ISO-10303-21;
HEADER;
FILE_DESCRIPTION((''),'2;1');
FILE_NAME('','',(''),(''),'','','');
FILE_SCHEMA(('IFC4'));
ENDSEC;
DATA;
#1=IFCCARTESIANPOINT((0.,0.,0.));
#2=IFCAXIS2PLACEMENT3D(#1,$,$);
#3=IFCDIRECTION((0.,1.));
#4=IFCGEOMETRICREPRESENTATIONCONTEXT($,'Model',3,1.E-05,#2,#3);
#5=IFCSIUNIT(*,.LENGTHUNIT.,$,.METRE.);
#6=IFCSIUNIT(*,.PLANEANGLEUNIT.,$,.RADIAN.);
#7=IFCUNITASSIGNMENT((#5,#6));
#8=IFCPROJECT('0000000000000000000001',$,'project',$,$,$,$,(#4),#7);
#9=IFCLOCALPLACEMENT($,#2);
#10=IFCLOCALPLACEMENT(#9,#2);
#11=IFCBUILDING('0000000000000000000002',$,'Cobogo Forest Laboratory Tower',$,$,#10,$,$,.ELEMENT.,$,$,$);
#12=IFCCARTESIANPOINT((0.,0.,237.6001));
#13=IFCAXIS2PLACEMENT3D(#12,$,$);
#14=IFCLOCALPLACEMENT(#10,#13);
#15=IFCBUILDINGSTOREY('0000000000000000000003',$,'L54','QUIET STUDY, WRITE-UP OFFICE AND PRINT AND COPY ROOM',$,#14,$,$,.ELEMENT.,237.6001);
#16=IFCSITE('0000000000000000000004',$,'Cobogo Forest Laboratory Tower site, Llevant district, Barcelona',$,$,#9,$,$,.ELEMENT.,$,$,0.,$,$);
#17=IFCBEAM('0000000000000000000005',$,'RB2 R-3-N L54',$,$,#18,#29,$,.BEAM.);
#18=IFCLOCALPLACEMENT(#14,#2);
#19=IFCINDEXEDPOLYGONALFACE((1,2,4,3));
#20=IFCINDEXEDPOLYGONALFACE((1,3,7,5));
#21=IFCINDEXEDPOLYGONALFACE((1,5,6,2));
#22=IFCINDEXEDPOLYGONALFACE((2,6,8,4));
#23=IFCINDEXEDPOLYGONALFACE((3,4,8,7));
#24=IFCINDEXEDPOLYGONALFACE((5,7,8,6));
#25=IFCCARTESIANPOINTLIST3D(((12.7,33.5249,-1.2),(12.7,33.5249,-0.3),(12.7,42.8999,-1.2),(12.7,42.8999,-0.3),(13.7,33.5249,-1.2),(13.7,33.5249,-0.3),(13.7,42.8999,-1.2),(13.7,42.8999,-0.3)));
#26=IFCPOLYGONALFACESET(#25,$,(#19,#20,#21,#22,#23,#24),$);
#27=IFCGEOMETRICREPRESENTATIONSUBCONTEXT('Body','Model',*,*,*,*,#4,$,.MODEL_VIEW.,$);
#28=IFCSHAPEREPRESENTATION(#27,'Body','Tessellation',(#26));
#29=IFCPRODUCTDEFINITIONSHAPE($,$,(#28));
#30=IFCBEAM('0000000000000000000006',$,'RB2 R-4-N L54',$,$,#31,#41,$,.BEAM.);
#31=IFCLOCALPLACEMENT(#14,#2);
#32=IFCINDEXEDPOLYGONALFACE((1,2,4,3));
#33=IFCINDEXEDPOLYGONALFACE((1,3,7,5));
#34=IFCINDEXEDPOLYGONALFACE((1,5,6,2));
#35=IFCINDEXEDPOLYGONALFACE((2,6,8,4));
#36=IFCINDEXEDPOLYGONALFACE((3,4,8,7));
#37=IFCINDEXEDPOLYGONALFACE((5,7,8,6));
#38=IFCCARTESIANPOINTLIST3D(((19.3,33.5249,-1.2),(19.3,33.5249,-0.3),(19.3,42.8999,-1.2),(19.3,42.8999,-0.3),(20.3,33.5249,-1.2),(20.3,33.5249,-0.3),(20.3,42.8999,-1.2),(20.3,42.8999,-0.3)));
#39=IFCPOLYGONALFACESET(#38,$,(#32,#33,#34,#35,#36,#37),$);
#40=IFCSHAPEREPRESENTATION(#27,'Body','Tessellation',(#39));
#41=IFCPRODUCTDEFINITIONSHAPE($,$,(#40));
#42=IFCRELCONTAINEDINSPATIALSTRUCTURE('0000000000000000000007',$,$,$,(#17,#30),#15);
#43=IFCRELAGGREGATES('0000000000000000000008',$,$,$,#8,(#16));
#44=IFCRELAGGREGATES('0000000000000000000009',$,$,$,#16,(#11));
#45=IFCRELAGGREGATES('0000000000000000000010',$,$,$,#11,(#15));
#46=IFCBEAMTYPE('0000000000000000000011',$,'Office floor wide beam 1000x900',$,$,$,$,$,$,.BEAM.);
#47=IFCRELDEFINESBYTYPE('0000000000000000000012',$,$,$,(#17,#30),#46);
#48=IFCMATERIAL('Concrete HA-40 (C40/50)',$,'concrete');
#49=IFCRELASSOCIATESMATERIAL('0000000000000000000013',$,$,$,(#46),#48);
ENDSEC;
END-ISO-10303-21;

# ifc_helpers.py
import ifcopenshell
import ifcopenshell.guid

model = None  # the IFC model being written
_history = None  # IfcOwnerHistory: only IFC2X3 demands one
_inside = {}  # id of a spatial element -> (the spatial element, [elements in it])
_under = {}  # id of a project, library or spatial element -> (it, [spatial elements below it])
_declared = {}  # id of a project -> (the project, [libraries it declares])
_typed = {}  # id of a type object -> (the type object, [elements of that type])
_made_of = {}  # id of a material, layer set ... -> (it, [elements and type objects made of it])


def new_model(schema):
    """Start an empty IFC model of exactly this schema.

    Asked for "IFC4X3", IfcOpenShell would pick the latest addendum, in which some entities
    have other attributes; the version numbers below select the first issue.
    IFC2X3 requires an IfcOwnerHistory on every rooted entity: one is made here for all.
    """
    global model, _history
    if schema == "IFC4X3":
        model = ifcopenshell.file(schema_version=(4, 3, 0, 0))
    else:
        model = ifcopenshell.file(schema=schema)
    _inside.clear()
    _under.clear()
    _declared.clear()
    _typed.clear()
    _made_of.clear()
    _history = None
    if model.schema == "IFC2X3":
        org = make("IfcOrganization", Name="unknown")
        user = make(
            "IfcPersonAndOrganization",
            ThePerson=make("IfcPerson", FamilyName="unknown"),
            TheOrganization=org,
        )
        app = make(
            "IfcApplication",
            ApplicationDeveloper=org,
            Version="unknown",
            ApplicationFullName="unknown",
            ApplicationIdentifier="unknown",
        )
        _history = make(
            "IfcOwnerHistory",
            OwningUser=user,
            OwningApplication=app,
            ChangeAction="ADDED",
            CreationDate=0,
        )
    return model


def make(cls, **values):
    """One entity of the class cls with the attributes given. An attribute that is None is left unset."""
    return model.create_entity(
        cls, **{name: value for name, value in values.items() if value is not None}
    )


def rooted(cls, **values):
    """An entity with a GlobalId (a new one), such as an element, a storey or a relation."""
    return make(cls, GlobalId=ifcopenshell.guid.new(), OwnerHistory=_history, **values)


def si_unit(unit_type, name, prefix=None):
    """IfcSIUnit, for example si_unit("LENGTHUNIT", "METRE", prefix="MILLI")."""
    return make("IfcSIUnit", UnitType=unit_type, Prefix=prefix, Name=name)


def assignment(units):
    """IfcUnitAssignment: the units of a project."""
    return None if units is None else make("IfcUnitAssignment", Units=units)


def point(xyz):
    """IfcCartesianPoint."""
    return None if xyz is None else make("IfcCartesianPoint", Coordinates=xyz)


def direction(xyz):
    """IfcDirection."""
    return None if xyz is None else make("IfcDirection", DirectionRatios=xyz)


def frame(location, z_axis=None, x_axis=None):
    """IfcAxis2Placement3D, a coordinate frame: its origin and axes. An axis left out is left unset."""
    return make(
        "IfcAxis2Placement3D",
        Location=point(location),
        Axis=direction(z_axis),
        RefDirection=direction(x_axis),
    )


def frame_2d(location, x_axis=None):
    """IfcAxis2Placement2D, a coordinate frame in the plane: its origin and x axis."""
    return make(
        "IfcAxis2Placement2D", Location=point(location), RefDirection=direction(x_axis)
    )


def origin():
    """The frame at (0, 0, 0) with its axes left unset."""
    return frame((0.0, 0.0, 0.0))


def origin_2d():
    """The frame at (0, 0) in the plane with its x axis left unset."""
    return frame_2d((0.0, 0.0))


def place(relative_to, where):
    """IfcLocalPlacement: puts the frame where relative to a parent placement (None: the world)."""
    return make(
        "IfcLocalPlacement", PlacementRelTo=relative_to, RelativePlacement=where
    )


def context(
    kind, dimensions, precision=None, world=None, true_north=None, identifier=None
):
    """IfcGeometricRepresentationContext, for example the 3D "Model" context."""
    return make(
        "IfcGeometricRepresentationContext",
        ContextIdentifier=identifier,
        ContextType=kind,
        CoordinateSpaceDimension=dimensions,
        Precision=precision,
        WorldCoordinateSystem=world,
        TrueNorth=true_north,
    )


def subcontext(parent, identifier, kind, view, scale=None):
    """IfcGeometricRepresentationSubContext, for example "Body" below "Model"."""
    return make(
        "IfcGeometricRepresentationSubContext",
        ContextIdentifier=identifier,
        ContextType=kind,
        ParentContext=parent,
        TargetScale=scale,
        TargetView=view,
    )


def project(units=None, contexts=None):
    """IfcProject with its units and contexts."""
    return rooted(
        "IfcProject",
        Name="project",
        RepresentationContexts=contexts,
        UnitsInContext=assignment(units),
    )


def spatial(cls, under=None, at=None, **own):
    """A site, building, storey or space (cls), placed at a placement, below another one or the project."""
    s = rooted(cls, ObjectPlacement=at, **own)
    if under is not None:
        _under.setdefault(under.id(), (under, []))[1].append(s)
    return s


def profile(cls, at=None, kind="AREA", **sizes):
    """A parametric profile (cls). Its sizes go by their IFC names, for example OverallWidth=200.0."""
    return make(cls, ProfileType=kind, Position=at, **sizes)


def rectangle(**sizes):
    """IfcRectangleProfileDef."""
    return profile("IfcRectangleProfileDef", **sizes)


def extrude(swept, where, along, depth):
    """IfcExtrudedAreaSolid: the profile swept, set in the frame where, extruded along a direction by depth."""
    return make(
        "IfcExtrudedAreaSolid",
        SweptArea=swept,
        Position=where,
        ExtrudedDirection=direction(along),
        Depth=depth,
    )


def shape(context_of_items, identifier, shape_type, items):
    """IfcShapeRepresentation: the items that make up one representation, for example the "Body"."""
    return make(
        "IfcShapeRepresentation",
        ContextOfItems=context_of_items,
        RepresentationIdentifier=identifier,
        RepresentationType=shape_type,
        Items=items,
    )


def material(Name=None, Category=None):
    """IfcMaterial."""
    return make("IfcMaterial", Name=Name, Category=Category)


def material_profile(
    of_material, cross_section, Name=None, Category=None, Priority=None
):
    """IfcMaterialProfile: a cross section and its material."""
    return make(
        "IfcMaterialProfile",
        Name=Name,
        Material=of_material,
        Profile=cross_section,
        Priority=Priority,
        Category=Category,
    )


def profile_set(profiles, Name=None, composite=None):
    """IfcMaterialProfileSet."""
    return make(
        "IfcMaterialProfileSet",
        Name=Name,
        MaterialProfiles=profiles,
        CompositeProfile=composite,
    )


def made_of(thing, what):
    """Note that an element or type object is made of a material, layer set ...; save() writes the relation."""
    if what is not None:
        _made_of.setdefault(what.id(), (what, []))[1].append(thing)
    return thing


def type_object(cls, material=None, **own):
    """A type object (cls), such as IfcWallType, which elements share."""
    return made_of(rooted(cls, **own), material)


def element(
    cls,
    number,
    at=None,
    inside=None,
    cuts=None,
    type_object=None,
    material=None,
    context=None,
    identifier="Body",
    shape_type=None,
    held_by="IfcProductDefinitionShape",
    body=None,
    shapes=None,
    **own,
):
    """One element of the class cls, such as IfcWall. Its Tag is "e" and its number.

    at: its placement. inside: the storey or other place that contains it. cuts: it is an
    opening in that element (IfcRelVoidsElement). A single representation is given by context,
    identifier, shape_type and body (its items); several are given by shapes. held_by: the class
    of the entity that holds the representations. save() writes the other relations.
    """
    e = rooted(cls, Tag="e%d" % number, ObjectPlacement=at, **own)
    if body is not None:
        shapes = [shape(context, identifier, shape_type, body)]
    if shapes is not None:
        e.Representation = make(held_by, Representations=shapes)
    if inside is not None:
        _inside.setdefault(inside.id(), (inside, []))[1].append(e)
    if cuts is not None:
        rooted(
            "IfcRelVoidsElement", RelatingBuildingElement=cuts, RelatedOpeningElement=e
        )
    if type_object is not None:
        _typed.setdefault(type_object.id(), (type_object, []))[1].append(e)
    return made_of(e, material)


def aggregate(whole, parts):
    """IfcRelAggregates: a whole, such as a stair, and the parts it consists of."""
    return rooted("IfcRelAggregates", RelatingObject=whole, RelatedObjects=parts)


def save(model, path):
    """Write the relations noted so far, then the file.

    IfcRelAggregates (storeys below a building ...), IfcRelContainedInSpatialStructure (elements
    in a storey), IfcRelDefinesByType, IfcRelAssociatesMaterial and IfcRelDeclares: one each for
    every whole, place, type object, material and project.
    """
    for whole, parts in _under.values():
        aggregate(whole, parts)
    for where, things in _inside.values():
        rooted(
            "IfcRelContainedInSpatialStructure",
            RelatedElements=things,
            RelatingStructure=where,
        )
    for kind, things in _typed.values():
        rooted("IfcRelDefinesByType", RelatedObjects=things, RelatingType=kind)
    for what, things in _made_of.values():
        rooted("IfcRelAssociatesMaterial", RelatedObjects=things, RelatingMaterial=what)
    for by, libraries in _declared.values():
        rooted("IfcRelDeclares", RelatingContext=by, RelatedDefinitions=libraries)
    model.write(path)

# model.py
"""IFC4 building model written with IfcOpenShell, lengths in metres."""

from ifc_helpers import new_model, si_unit, direction, frame, origin, origin_2d, place, context, subcontext, project, spatial, rectangle, extrude, material, material_profile, profile_set, type_object, element, save


model = new_model("IFC4")

# Units and contexts
model_context = context("Model", 3, precision=1e-05, world=origin(), true_north=direction((0.0, 1.0)))
body_context = subcontext(model_context, "Body", "Model", "MODEL_VIEW")
ifc_project = project(units=[si_unit("LENGTHUNIT", "METRE"), si_unit("PLANEANGLEUNIT", "RADIAN")], contexts=[model_context])

# Site, building, storey
site_placement = place(None, origin())
site = spatial("IfcSite", under=ifc_project, at=site_placement, Name="Cobogo Forest Laboratory Tower site, Llevant district, Barcelona", CompositionType="ELEMENT", RefElevation=0.0)
building_placement = place(site_placement, origin())
building = spatial("IfcBuilding", under=site, at=building_placement, Name="Cobogo Forest Laboratory Tower", CompositionType="ELEMENT")
storey_placement = place(building_placement, frame((0.0, 0.0, 237.6001)))
storey = spatial("IfcBuildingStorey", under=building, at=storey_placement, Name="L54", Description="QUIET STUDY, WRITE-UP OFFICE AND PRINT AND COPY ROOM", CompositionType="ELEMENT", Elevation=237.6001)

# Beams
ifc_material_1 = material(Name="Concrete HA-40 (C40/50)", Category="concrete")
ifc_material_profile = material_profile(ifc_material_1, rectangle(XDim=1.0, YDim=0.8999, at=origin_2d()), Name="RC 1000x900")
ifc_profile_set = profile_set([ifc_material_profile], Name="Concrete HA-40 (C40/50)")
beam_type = type_object("IfcBeamType", Name="Office floor wide beam 1000x900", PredefinedType="BEAM", material=ifc_profile_set)
for number, where, z_axis, x_axis, name in (
    (1, (13.2, 33.5249, -0.75), (0.0, 1.0, 0.0), (-1.0, 0.0, 0.0), "RB2 R-3-N L54"),
    (2, (19.8, 33.5249, -0.75), (0.0, 1.0, 0.0), (-1.0, 0.0, 0.0), "RB2 R-4-N L54"),
):
    element("IfcBeam", number, at=place(storey_placement, frame(where, z_axis=z_axis, x_axis=x_axis)), inside=storey, type_object=beam_type, Name=name, PredefinedType="BEAM", context=body_context, shape_type="SweptSolid", body=[
        extrude(rectangle(XDim=1.0, YDim=0.8999, at=origin_2d()), origin(), (0.0, 0.0, 1.0), 9.375),
    ])

save(model, "model.ifc")
